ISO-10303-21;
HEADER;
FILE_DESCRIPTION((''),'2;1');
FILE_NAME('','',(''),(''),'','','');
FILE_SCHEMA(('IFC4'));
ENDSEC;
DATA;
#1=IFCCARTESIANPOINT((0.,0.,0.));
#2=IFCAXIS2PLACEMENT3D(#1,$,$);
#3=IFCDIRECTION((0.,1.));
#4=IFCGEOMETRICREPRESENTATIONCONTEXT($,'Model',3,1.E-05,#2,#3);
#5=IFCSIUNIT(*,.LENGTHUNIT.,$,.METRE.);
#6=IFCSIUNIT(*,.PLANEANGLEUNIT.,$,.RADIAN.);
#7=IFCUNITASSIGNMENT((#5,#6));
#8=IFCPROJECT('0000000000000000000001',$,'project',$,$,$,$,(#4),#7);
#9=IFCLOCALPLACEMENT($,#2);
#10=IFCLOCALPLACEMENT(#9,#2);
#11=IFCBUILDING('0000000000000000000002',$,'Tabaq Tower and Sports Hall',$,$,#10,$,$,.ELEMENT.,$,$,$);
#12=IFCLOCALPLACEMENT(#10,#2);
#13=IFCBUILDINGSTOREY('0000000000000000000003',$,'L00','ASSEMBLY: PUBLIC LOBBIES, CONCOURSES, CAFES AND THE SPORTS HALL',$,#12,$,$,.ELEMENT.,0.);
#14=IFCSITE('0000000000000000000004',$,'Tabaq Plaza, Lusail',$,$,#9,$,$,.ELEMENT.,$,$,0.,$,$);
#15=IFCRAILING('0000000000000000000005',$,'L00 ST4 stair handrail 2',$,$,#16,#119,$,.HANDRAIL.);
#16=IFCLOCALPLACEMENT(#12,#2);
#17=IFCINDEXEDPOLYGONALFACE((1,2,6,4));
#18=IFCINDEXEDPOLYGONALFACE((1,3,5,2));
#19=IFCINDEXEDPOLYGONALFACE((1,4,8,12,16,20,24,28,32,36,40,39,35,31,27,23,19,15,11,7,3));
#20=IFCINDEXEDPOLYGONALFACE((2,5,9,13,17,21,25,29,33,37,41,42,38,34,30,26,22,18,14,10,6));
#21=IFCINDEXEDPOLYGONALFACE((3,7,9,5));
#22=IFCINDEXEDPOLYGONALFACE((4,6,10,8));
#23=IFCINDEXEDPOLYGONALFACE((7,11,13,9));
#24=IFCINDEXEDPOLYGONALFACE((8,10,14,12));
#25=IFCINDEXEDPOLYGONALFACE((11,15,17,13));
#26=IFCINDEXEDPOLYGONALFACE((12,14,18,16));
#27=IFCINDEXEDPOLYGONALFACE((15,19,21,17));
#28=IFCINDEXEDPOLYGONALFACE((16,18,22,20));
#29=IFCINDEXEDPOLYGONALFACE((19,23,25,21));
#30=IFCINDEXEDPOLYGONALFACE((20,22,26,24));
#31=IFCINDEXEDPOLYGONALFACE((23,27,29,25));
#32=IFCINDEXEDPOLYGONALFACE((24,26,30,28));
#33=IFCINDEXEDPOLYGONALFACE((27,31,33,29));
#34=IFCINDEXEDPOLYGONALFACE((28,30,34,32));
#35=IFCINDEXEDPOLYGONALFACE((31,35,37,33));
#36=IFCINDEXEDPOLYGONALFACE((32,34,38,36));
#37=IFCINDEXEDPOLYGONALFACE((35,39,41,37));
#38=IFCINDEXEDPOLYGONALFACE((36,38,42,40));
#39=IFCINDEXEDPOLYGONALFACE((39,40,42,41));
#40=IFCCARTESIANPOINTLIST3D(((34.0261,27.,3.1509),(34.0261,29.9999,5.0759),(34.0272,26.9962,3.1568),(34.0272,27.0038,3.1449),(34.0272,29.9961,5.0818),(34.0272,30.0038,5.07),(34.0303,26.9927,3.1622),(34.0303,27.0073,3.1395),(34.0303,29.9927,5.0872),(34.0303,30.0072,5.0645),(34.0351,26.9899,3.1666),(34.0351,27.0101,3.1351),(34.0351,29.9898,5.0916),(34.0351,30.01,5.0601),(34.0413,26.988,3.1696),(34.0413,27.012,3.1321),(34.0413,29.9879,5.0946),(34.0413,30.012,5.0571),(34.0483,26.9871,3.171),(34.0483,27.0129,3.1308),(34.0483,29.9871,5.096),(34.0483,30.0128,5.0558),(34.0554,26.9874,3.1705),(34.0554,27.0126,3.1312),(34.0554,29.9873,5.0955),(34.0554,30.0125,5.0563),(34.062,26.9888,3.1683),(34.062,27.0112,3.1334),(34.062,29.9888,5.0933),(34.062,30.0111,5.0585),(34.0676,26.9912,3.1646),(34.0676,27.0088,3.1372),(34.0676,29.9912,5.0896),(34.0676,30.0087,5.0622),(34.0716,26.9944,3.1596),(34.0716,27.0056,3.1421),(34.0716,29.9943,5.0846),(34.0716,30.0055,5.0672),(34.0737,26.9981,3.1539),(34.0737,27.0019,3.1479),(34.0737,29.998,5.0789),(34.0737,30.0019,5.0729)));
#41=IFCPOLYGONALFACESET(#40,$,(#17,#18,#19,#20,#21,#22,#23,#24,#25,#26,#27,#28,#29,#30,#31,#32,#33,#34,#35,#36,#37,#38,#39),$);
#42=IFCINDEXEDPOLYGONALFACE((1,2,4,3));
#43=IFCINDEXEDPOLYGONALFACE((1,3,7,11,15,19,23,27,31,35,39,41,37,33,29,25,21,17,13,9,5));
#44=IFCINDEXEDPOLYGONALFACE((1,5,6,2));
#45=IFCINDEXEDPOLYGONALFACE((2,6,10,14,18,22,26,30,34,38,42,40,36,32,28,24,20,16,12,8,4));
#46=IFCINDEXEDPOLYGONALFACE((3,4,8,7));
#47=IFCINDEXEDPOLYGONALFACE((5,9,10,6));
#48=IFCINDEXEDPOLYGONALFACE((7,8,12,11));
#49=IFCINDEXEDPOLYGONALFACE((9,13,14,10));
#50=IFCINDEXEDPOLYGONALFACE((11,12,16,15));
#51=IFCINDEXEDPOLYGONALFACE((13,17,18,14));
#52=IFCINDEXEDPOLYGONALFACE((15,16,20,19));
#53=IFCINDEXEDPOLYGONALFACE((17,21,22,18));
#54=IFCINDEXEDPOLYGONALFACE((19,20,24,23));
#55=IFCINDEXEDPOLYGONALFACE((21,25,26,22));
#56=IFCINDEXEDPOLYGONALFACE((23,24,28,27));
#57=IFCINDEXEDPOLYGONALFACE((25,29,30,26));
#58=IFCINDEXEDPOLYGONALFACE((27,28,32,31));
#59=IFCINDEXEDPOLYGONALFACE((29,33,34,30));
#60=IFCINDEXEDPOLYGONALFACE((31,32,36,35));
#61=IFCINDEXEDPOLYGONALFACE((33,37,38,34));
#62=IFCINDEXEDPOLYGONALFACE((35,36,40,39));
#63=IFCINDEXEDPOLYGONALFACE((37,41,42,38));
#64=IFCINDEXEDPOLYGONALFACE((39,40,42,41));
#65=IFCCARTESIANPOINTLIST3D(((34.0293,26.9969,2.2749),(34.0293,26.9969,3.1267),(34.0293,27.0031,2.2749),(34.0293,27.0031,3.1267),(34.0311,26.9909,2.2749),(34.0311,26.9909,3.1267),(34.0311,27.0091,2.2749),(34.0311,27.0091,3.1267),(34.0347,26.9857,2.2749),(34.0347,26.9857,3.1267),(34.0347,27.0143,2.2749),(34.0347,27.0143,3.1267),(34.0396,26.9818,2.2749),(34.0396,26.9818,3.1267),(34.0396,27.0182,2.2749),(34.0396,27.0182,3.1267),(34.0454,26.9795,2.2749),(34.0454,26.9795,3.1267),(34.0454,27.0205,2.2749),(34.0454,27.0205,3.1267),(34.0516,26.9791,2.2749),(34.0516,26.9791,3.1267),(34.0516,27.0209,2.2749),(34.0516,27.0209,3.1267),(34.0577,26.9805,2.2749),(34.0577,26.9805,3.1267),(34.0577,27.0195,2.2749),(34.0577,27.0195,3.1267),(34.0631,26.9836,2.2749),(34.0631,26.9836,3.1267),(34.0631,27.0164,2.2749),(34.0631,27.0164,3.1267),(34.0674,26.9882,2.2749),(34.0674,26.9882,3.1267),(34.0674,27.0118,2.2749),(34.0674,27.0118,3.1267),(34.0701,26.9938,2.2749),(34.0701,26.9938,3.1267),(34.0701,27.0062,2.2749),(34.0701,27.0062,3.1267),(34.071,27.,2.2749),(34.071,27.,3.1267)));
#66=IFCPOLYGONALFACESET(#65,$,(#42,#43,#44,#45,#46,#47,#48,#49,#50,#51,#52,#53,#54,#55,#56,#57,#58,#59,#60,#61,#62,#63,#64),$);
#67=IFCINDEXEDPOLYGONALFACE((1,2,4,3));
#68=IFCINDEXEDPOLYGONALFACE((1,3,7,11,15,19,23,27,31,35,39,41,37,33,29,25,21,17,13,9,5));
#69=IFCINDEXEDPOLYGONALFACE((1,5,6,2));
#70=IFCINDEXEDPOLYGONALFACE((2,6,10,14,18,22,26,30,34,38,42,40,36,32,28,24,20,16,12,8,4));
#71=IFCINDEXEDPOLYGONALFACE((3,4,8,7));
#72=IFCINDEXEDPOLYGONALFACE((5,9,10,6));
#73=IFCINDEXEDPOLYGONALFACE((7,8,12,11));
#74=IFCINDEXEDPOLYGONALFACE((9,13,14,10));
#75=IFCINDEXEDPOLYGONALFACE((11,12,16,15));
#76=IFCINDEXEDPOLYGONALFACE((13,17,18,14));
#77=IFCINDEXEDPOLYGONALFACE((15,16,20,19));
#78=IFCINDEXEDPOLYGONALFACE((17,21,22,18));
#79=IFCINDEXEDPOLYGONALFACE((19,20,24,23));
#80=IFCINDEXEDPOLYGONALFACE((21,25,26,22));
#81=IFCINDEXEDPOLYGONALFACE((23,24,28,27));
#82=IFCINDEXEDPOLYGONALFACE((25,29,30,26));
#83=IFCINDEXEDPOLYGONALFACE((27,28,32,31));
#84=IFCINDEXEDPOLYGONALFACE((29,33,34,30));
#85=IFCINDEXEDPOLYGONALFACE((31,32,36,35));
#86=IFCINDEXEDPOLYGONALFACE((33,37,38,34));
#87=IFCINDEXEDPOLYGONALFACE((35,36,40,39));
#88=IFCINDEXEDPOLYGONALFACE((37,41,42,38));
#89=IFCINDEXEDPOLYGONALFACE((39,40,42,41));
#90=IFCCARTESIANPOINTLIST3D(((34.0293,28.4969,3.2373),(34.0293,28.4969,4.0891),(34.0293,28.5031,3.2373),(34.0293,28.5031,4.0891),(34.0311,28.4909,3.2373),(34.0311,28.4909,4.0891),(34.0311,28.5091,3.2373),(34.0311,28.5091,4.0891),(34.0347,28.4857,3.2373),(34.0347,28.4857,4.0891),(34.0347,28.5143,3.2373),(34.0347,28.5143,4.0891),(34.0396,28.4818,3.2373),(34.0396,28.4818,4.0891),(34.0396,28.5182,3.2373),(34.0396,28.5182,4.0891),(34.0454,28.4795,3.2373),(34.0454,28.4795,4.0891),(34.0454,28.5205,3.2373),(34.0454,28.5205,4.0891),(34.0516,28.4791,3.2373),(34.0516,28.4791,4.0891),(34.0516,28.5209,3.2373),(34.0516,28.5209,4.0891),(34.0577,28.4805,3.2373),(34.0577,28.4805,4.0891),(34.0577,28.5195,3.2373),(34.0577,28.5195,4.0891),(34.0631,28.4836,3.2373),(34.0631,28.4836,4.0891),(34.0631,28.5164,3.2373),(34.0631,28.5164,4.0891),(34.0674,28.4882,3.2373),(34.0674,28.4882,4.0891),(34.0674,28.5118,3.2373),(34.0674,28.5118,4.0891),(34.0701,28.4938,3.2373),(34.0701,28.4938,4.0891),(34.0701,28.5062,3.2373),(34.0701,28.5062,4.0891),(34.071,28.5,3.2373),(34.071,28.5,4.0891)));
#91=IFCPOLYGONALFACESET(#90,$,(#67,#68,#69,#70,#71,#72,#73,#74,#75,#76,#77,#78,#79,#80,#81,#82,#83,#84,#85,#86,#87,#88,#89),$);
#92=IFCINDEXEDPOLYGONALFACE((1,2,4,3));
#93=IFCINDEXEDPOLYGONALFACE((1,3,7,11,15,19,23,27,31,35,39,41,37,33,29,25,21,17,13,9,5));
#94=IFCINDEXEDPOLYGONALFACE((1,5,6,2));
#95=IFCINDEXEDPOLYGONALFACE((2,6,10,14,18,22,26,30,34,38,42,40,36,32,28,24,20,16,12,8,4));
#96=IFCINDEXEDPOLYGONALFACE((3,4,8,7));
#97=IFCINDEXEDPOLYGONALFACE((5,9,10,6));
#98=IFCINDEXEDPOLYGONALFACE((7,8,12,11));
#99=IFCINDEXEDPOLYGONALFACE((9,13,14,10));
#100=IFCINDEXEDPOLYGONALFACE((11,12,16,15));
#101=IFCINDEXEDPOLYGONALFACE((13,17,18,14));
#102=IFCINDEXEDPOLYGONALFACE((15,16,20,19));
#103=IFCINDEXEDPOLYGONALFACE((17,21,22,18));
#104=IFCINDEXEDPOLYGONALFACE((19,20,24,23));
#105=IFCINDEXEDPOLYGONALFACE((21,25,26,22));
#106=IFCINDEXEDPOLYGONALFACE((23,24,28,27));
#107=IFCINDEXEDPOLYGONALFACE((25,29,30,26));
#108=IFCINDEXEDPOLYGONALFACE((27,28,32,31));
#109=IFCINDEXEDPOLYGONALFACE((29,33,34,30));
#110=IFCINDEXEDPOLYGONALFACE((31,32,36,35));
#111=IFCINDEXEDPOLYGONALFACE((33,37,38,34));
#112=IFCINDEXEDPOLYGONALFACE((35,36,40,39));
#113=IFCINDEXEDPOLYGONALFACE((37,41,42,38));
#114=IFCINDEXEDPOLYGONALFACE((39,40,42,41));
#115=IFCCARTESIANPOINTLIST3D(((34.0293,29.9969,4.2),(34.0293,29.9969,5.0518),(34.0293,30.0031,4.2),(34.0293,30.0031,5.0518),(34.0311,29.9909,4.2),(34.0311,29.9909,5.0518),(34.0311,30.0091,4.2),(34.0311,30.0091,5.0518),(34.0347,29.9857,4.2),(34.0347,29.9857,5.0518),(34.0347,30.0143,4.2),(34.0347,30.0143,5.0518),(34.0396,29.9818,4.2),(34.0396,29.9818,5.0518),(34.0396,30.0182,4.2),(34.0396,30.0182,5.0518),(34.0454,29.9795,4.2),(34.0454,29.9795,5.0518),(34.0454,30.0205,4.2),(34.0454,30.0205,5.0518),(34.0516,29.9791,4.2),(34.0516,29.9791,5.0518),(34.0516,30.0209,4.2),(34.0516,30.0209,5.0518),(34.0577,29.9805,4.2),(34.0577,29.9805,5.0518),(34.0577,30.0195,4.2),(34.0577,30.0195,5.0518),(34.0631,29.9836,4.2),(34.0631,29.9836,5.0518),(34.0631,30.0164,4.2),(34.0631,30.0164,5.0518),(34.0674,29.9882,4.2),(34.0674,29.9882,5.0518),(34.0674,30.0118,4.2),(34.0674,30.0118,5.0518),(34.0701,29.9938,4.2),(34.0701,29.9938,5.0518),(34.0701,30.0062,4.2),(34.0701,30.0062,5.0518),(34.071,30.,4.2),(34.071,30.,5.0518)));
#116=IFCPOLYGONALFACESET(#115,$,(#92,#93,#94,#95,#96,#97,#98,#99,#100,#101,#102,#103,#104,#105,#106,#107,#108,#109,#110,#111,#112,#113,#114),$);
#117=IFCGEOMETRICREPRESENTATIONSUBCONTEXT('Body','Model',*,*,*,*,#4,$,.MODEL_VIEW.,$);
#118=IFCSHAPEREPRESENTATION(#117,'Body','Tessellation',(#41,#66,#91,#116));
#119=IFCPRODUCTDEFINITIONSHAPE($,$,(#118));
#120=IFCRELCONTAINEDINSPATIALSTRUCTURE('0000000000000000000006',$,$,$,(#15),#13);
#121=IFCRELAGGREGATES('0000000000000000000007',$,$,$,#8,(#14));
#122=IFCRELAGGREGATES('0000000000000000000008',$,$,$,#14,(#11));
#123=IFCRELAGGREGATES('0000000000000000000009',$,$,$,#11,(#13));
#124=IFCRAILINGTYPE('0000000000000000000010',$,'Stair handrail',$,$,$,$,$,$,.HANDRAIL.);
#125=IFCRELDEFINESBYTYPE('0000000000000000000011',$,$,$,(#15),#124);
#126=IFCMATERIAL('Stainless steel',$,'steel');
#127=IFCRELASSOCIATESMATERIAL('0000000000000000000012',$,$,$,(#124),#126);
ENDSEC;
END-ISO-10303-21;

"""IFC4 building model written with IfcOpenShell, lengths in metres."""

from ifc_helpers import new_model, si_unit, direction, frame, origin, origin_2d, place, context, subcontext, project, spatial, circle, extrude, material, type_object, element, save


model = new_model("IFC4")

# Units and contexts
model_context = context("Model", 3, precision=1e-05, world=origin(), true_north=direction((0.0, 1.0)))
body_context = subcontext(model_context, "Body", "Model", "MODEL_VIEW")
ifc_project = project(units=[si_unit("LENGTHUNIT", "METRE"), si_unit("PLANEANGLEUNIT", "RADIAN")], contexts=[model_context])

# Site, building, storey
site_placement = place(None, origin())
site = spatial("IfcSite", under=ifc_project, at=site_placement, Name="Tabaq Plaza, Lusail", CompositionType="ELEMENT", RefElevation=0.0)
building_placement = place(site_placement, origin())
building = spatial("IfcBuilding", under=site, at=building_placement, Name="Tabaq Tower and Sports Hall", CompositionType="ELEMENT")
storey_placement = place(building_placement, origin())
storey = spatial("IfcBuildingStorey", under=building, at=storey_placement, Name="L00", Description="ASSEMBLY: PUBLIC LOBBIES, CONCOURSES, CAFES AND THE SPORTS HALL", CompositionType="ELEMENT", Elevation=0.0)

# Railing
ifc_material_1 = material(Name="Stainless steel", Category="steel")
railing_type_1 = type_object("IfcRailingType", Name="Stair handrail", PredefinedType="HANDRAIL", material=ifc_material_1)
railing_1_placement = place(storey_placement, frame((34.05, 27.0, 2.2749)))
element("IfcRailing", 1, at=railing_1_placement, inside=storey, type_object=railing_type_1, Name="L00 ST4 stair handrail 2", PredefinedType="HANDRAIL", context=body_context, shape_type="SweptSolid", body=[
    extrude(circle(Radius=0.0239, at=origin_2d()), frame((0.0, 0.0, 0.876), z_axis=(0.0, 0.841628, 0.540058), x_axis=(-1.0, 0.0, 0.0)), (0.0, 0.0, 1.0), 3.5645),
    extrude(circle(Radius=0.021, at=origin_2d()), origin(), (0.0, 0.0, 1.0), 0.8518),
    extrude(circle(Radius=0.021, at=origin_2d()), frame((0.0, 1.5, 0.9624)), (0.0, 0.0, 1.0), 0.8518),
    extrude(circle(Radius=0.021, at=origin_2d()), frame((0.0, 3.0, 1.925)), (0.0, 0.0, 1.0), 0.8518),
])

save(model, "model.ifc")
